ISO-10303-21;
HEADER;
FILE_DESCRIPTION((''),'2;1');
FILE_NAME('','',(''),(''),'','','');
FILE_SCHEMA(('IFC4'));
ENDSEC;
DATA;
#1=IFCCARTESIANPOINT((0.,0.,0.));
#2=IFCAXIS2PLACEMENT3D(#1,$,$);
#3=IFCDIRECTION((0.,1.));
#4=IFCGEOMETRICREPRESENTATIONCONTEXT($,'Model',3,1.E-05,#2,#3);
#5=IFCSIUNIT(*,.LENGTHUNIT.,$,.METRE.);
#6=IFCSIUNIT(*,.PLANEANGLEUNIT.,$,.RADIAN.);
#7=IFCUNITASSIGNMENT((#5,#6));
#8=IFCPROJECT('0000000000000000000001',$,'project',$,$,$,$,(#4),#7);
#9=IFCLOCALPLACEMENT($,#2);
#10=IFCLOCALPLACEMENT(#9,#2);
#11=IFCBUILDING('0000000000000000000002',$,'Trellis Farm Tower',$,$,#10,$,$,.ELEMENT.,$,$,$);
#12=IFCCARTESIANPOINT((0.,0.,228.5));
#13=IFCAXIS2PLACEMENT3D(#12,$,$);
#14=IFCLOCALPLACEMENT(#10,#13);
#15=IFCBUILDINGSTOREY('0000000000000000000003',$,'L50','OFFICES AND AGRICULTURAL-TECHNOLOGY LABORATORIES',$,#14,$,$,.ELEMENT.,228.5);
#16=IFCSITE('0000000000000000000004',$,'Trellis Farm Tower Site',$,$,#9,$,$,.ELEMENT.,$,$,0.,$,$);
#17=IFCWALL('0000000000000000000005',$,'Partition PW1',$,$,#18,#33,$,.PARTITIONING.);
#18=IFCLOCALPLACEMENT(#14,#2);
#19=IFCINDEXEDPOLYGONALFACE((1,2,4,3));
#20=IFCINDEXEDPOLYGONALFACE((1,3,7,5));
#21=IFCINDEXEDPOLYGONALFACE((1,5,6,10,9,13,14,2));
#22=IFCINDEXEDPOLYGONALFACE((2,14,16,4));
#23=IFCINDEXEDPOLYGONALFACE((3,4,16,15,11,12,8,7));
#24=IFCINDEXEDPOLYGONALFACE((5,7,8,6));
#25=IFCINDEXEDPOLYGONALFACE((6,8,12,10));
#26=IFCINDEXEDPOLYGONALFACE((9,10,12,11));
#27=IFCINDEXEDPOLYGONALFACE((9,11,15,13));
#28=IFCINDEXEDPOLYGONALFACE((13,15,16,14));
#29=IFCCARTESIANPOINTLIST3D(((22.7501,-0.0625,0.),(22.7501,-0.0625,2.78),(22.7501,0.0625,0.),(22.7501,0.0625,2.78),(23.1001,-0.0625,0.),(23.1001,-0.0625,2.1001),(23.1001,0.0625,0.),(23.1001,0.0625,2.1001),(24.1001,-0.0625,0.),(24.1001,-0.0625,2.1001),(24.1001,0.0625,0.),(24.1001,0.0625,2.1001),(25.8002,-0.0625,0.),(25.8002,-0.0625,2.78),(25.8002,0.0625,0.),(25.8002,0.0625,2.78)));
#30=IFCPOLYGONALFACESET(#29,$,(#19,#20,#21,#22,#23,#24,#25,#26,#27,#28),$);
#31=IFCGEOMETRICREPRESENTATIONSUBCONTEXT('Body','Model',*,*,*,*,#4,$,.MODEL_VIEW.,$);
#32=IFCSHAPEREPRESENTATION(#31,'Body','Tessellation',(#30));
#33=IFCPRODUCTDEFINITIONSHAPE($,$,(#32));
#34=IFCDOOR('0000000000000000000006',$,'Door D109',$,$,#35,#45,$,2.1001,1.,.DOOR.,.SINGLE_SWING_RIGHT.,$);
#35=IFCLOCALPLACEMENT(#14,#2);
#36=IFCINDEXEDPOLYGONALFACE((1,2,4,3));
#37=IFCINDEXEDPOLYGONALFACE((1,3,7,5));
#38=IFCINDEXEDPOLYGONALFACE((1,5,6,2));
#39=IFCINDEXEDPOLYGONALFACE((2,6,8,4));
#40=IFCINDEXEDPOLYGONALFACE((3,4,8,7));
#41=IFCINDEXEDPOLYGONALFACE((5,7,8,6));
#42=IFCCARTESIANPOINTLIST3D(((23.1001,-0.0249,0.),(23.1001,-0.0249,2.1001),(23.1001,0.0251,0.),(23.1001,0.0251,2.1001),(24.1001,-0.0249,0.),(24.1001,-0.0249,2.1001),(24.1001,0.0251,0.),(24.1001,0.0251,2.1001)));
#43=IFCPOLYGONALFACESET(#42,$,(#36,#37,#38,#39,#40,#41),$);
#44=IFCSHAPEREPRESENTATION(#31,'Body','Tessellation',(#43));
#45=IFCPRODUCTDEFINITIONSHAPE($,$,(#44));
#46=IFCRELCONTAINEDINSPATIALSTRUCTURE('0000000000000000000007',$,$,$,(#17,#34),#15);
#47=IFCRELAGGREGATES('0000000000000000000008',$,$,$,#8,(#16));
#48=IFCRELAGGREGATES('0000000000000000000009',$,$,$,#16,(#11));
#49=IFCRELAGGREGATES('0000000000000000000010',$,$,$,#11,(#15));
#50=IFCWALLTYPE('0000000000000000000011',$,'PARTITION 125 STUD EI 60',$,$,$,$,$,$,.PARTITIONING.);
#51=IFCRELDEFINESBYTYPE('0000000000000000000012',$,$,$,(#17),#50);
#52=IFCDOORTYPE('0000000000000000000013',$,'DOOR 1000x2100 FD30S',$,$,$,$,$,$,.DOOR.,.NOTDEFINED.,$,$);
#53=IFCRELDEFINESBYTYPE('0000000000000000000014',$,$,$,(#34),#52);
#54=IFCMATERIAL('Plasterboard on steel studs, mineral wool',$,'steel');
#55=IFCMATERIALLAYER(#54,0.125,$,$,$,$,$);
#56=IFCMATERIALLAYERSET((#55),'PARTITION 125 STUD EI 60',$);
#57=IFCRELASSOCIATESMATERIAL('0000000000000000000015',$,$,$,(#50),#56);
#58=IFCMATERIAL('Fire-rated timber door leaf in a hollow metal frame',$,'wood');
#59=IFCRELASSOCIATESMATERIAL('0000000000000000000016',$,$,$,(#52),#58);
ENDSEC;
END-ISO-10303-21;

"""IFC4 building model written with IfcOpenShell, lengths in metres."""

from ifc_helpers import new_model, si_unit, direction, frame, frame_2d, origin, place, context, subcontext, project, spatial, rectangle, extrude, source, transform, mapped, material, layer, layer_set, type_object, element, fill, save


model = new_model("IFC4")

# Units and contexts
model_context = context("Model", 3, precision=1e-05, world=origin(), true_north=direction((0.0, 1.0)))
body_context = subcontext(model_context, "Body", "Model", "MODEL_VIEW")
ifc_project = project(units=[si_unit("LENGTHUNIT", "METRE"), si_unit("PLANEANGLEUNIT", "RADIAN")], contexts=[model_context])

# Site, building, storey
site_placement = place(None, origin())
site = spatial("IfcSite", under=ifc_project, at=site_placement, Name="Trellis Farm Tower Site", CompositionType="ELEMENT", RefElevation=0.0)
building_placement = place(site_placement, origin())
building = spatial("IfcBuilding", under=site, at=building_placement, Name="Trellis Farm Tower", CompositionType="ELEMENT")
storey_placement = place(building_placement, frame((0.0, 0.0, 228.5)))
storey = spatial("IfcBuildingStorey", under=building, at=storey_placement, Name="L50", Description="OFFICES AND AGRICULTURAL-TECHNOLOGY LABORATORIES", CompositionType="ELEMENT", Elevation=228.5)

# Wall, opening, door
ifc_material_1 = material(Name="Plasterboard on steel studs, mineral wool", Category="steel")
ifc_layer_1 = layer(ifc_material_1, 0.125)
ifc_layer_set_1 = layer_set([ifc_layer_1], Name="PARTITION 125 STUD EI 60")
wall_type_1 = type_object("IfcWallType", Name="PARTITION 125 STUD EI 60", PredefinedType="PARTITIONING", material=ifc_layer_set_1)
shared_shape_1 = source(origin(), body_context, "Body", "SweptSolid", [
    extrude(rectangle(XDim=3.05, YDim=0.125, at=frame_2d((1.5249, 0.0))), origin(), (0.0, 0.0, 1.0), 2.78),
])
wall_1_placement = place(storey_placement, frame((25.8, 0.0, 0.0), z_axis=(0.0, 0.0, 1.0), x_axis=(-1.0, 0.0, 0.0)))
wall_1 = element("IfcWall", 1, at=wall_1_placement, inside=storey, type_object=wall_type_1, Name="Partition PW1", PredefinedType="PARTITIONING", context=body_context, shape_type="MappedRepresentation", body=[
    mapped(shared_shape_1, transform((0.0, 0.0, 0.0))),
])
shared_shape_2 = source(origin(), body_context, "Body", "SweptSolid", [
    extrude(rectangle(XDim=1.0, YDim=2.1001, at=frame_2d((0.5, 1.05))), frame((0.0, 0.0725, 0.0), z_axis=(0.0, -1.0, 0.0), x_axis=(1.0, 0.0, 0.0)), (0.0, 0.0, 1.0), 0.145),
])
opening_1_placement = place(wall_1_placement, frame((1.7, 0.0, 0.0)))
opening_1 = element("IfcOpeningElement", 2, at=opening_1_placement, cuts=wall_1, PredefinedType="OPENING", context=body_context, shape_type="MappedRepresentation", body=[
    mapped(shared_shape_2, transform((0.0, 0.0, 0.0))),
])
ifc_material_2 = material(Name="Fire-rated timber door leaf in a hollow metal frame", Category="wood")
door_type_1 = type_object("IfcDoorType", Name="DOOR 1000x2100 FD30S", OperationType="NOTDEFINED", PredefinedType="DOOR", material=ifc_material_2)
shared_shape_3 = source(origin(), body_context, "Body", "SweptSolid", [
    extrude(rectangle(XDim=1.0, YDim=2.1001, at=frame_2d((0.5, 1.05))), frame((0.0, 0.0249, 0.0), z_axis=(0.0, -1.0, 0.0), x_axis=(1.0, 0.0, 0.0)), (0.0, 0.0, 1.0), 0.05),
])
door_1_placement = place(opening_1_placement, origin())
door_1 = element("IfcDoor", 3, at=door_1_placement, inside=storey, type_object=door_type_1, Name="Door D109", OperationType="SINGLE_SWING_RIGHT", OverallHeight=2.1001, OverallWidth=1.0, PredefinedType="DOOR", context=body_context, shape_type="MappedRepresentation", body=[
    mapped(shared_shape_3, transform((0.0, 0.0, 0.0))),
])
fill(opening_1, door_1)

save(model, "model.ifc")
